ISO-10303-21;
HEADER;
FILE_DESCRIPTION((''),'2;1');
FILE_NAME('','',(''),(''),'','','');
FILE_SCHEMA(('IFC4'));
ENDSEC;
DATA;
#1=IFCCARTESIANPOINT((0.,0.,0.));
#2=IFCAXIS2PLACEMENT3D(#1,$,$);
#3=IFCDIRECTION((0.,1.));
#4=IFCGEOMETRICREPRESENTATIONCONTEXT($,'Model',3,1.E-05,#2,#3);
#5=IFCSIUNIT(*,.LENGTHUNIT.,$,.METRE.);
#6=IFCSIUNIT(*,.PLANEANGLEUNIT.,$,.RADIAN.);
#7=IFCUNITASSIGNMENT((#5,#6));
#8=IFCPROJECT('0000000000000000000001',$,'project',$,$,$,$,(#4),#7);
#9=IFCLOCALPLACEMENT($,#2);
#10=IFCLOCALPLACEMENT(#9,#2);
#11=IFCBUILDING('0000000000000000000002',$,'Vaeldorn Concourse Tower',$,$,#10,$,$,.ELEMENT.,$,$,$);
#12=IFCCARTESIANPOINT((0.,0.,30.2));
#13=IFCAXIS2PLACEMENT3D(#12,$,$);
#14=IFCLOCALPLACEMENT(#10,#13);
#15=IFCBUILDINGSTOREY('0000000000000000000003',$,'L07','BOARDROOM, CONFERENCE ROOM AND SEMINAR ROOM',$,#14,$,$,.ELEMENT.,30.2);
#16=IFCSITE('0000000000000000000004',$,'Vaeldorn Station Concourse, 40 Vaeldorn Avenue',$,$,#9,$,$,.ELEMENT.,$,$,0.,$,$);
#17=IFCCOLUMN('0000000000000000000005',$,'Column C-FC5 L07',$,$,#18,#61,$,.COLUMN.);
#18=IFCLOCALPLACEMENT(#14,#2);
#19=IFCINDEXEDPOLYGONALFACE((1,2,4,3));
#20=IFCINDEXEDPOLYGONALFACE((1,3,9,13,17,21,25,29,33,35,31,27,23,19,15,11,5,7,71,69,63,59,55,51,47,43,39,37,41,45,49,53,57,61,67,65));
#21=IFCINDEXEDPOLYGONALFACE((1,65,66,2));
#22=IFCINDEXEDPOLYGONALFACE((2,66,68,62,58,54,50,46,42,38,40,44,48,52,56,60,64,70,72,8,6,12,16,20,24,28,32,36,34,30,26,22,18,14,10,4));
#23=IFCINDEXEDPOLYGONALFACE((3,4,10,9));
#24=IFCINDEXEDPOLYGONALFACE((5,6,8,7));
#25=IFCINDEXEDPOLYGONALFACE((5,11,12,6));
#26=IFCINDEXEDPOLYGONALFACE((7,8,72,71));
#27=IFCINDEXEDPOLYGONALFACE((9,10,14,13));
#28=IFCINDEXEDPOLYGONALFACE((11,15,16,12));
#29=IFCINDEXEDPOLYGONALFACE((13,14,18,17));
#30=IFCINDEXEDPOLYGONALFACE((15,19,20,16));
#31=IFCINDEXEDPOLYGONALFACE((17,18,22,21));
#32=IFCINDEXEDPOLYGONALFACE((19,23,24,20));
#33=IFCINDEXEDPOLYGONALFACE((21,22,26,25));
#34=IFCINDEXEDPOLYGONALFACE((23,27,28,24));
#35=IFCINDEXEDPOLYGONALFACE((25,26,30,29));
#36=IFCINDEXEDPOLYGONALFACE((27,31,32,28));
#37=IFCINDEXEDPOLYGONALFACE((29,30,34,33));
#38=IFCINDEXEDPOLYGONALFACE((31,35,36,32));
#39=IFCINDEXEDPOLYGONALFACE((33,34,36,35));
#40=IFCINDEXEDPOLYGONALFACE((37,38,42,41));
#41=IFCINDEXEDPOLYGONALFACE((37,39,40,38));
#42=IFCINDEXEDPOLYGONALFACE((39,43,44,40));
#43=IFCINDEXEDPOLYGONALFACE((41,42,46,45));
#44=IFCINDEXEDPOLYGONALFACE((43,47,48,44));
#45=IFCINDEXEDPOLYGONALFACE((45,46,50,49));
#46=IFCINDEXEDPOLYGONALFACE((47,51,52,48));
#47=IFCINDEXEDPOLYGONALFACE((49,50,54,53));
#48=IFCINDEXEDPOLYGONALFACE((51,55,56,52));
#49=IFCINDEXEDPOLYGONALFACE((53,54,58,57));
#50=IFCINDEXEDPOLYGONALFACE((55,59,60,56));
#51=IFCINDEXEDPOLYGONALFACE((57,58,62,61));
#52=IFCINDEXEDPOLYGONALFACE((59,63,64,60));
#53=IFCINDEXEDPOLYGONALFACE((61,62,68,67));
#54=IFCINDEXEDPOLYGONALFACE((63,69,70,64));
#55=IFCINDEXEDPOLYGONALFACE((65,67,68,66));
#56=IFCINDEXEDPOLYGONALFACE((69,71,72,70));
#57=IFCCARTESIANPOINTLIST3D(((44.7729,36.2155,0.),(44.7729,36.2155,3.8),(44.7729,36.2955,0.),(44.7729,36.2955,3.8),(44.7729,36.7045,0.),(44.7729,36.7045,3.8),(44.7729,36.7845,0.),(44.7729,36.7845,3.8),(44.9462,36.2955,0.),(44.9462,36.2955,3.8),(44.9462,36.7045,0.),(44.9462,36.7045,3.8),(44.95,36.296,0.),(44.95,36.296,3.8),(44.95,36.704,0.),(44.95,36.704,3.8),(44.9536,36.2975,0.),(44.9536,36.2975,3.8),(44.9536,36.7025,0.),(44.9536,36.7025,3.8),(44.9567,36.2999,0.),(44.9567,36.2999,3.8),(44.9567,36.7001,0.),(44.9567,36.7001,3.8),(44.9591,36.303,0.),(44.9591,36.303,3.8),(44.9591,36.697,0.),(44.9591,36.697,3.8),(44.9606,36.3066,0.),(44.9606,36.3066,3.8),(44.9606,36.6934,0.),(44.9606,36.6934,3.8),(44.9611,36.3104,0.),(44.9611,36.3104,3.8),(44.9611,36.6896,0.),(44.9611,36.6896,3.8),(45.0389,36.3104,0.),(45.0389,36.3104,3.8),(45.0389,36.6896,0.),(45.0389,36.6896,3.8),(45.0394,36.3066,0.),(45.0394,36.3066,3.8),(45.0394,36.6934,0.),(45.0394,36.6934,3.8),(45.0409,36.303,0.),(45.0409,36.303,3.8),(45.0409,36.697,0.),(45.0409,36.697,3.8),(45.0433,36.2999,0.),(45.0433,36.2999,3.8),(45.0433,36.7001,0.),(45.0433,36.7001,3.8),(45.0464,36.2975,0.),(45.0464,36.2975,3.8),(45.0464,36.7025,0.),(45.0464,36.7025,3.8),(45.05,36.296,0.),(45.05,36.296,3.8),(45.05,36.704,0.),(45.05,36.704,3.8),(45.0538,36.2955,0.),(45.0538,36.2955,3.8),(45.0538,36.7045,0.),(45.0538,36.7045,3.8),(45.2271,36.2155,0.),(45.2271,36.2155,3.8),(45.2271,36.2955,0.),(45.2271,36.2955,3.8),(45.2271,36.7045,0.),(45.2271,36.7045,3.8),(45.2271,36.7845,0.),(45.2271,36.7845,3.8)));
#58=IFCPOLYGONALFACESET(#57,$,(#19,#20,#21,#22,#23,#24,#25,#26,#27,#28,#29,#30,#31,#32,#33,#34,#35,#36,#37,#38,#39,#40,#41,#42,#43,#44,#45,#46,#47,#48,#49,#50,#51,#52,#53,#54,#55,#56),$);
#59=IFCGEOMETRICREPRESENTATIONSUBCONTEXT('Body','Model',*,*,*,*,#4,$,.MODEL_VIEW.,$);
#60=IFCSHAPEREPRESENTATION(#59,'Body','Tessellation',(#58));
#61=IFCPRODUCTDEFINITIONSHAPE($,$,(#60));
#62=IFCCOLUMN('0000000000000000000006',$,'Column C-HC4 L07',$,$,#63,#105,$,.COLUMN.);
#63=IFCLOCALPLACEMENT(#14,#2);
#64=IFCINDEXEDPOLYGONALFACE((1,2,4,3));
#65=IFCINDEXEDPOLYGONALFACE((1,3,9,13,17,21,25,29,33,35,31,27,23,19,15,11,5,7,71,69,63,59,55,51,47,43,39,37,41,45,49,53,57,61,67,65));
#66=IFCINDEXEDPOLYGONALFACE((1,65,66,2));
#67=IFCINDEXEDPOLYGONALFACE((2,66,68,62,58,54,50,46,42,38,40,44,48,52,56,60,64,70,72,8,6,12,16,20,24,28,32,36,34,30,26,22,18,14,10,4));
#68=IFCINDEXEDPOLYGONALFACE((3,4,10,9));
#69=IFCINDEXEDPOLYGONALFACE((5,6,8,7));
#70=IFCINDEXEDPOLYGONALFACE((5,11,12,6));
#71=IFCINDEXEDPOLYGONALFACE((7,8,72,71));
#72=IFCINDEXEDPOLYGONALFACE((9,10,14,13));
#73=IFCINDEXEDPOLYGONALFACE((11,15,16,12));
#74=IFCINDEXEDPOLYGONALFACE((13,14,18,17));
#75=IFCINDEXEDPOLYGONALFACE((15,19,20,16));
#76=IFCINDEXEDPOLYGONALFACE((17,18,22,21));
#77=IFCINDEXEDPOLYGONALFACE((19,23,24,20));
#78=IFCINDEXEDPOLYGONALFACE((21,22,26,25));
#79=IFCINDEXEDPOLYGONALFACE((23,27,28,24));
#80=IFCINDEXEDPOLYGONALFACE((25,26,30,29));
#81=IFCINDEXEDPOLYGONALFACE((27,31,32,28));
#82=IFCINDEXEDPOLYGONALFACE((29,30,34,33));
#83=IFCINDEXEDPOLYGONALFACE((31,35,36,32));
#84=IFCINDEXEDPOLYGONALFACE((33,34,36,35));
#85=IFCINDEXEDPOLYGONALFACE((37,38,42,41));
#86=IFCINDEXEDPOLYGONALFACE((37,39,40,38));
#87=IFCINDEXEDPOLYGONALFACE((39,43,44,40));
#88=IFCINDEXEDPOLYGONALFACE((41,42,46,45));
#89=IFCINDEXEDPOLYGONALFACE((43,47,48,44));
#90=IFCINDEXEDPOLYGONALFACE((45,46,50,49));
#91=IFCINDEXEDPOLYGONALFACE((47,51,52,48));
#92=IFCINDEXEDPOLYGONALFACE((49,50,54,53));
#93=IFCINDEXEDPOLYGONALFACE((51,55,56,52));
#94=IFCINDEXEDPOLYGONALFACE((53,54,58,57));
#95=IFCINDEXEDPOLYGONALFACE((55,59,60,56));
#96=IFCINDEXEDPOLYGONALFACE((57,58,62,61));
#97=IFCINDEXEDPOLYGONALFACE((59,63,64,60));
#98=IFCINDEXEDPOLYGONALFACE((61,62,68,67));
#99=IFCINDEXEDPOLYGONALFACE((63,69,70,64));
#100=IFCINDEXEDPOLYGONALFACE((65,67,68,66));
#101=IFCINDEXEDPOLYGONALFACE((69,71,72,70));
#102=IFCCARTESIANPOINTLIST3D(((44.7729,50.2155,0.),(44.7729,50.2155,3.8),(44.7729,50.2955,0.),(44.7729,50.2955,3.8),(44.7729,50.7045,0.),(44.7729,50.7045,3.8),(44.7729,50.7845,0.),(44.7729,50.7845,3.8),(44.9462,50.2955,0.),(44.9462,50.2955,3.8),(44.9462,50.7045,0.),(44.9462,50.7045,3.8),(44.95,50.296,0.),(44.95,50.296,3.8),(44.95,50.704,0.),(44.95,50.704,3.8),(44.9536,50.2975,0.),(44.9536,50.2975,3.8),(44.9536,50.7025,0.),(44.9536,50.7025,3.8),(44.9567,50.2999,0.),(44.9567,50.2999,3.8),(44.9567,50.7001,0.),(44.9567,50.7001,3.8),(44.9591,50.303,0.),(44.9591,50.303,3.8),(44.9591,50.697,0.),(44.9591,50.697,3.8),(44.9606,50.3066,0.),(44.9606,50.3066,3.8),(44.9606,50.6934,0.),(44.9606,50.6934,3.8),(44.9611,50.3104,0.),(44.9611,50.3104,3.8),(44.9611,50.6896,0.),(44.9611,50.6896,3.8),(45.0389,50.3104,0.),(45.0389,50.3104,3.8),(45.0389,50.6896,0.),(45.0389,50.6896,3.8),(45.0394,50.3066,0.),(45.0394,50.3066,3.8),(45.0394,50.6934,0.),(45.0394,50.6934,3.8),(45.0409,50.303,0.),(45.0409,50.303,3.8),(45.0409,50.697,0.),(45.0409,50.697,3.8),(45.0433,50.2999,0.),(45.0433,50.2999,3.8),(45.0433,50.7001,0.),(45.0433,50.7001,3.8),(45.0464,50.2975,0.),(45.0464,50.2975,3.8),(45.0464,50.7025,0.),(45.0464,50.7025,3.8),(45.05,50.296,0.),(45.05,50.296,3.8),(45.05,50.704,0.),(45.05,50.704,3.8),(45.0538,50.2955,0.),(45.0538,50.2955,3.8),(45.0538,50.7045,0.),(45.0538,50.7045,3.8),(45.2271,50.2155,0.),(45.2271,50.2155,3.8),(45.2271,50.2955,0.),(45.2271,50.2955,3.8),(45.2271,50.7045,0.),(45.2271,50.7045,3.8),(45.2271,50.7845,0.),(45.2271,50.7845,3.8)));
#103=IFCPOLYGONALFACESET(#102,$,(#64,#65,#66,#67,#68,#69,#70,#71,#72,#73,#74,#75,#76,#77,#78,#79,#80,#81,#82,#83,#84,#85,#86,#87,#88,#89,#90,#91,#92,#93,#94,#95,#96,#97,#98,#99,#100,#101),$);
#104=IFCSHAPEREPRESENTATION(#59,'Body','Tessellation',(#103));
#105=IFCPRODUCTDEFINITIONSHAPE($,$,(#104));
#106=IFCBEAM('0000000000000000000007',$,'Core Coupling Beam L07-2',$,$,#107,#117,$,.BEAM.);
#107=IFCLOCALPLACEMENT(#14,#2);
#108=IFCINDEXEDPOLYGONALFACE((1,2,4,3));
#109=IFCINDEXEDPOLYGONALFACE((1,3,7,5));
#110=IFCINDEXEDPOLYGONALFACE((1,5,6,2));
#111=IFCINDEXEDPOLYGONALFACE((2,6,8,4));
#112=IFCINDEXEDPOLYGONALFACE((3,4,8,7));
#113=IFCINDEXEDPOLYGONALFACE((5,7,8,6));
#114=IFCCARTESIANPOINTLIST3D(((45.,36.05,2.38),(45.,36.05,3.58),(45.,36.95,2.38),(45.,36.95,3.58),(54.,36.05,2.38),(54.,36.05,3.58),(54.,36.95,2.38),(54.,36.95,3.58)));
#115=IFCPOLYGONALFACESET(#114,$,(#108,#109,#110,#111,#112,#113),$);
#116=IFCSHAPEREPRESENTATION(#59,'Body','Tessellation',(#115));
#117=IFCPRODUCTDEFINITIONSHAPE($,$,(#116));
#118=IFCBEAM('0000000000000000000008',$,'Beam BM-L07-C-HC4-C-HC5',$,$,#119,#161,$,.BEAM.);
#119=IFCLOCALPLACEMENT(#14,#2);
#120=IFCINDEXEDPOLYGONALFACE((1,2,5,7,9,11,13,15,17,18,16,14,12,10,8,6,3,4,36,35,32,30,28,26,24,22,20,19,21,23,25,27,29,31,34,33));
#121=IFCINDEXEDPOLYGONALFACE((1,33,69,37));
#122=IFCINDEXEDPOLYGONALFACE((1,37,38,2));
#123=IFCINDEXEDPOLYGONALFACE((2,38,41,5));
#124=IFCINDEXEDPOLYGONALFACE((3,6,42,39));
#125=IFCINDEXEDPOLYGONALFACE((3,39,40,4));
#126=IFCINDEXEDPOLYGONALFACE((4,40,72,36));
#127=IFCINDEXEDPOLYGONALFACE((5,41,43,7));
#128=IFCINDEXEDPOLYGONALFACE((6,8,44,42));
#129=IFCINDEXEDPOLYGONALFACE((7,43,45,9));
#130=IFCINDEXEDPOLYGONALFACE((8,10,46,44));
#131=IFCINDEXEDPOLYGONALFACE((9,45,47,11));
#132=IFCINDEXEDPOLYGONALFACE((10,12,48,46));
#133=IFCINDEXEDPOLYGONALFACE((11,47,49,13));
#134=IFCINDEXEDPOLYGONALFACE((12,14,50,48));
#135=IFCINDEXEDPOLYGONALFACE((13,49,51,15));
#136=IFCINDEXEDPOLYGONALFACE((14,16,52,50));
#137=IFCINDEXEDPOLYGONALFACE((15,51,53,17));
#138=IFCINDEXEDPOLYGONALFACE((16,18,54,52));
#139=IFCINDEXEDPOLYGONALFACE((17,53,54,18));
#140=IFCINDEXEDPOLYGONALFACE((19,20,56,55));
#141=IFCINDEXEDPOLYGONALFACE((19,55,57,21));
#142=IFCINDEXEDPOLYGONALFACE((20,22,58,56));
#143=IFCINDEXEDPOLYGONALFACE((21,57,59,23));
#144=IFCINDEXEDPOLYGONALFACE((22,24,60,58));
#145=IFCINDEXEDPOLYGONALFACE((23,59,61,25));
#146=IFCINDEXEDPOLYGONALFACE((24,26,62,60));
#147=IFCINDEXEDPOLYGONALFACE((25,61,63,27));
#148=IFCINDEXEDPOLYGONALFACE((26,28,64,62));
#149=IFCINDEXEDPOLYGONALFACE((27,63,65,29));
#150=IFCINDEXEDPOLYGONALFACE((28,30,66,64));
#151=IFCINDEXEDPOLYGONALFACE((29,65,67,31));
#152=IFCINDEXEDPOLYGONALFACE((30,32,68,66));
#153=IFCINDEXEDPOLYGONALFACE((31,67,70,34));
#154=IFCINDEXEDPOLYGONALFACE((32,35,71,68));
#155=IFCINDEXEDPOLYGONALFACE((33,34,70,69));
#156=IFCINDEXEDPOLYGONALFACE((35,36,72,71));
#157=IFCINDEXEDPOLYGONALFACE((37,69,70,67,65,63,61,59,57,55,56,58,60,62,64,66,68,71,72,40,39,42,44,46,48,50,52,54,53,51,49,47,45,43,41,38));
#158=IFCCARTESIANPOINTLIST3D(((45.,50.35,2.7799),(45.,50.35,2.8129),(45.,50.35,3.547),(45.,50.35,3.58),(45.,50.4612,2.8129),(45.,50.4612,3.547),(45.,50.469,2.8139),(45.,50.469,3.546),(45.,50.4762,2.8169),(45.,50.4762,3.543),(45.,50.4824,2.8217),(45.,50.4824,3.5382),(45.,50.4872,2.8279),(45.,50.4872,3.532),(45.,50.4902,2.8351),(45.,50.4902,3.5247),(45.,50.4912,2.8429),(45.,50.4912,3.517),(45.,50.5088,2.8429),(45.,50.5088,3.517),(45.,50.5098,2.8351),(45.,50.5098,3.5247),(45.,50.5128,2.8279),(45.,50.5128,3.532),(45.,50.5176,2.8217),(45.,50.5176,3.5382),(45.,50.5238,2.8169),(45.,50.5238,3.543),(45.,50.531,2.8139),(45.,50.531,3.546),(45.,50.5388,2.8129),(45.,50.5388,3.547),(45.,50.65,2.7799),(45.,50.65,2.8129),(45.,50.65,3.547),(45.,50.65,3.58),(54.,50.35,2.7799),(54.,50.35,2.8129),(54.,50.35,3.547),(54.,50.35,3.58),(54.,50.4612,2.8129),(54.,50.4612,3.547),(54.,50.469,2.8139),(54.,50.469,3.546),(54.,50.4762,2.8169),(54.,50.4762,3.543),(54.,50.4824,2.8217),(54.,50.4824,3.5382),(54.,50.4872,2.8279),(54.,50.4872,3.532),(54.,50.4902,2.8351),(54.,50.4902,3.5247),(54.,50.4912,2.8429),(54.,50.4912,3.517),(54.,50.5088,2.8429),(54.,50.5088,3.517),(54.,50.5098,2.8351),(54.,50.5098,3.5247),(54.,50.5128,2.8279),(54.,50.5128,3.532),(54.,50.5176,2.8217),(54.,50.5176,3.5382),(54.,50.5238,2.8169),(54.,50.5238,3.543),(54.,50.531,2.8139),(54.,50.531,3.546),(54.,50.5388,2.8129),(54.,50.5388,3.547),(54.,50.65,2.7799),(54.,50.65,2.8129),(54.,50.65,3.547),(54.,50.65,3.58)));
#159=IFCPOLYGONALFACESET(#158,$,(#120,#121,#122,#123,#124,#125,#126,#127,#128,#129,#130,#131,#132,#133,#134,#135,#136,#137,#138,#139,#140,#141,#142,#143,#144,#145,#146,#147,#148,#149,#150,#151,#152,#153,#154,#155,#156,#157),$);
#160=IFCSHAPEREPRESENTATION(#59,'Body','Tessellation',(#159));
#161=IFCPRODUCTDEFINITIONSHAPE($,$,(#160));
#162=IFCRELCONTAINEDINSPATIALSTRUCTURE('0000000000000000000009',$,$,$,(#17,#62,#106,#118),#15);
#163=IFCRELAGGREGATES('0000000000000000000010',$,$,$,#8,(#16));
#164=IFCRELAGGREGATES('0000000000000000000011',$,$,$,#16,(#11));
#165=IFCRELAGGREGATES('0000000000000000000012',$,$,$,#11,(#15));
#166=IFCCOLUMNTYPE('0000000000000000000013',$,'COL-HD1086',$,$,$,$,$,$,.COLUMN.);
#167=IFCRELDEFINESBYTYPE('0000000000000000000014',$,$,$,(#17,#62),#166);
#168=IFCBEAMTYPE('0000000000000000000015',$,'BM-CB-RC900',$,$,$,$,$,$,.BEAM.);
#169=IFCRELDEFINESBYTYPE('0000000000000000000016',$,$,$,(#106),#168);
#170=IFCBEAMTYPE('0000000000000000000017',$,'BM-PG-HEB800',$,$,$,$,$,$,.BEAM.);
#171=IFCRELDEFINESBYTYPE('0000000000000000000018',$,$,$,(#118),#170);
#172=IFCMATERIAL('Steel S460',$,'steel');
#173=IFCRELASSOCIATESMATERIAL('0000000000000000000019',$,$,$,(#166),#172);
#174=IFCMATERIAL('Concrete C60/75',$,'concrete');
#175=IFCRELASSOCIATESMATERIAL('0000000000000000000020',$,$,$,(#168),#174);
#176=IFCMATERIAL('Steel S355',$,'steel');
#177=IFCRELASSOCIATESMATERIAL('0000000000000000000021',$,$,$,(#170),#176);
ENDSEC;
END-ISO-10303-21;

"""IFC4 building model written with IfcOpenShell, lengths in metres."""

from ifc_helpers import new_model, si_unit, direction, frame, origin, origin_2d, place, context, subcontext, project, spatial, rectangle, i_section, extrude, source, transform, mapped, material, material_profile, profile_set, type_object, element, save


model = new_model("IFC4")

# Units and contexts
model_context = context("Model", 3, precision=1e-05, world=origin(), true_north=direction((0.0, 1.0)))
body_context = subcontext(model_context, "Body", "Model", "MODEL_VIEW")
ifc_project = project(units=[si_unit("LENGTHUNIT", "METRE"), si_unit("PLANEANGLEUNIT", "RADIAN")], contexts=[model_context])

# Site, building, storey
site_placement = place(None, origin())
site = spatial("IfcSite", under=ifc_project, at=site_placement, Name="Vaeldorn Station Concourse, 40 Vaeldorn Avenue", CompositionType="ELEMENT", RefElevation=0.0)
building_placement = place(site_placement, origin())
building = spatial("IfcBuilding", under=site, at=building_placement, Name="Vaeldorn Concourse Tower", CompositionType="ELEMENT")
storey_placement = place(building_placement, frame((0.0, 0.0, 30.2)))
storey = spatial("IfcBuildingStorey", under=building, at=storey_placement, Name="L07", Description="BOARDROOM, CONFERENCE ROOM AND SEMINAR ROOM", CompositionType="ELEMENT", Elevation=30.2)

# Columns
ifc_material_1 = material(Name="Steel S460", Category="steel")
ifc_material_profile_1 = material_profile(ifc_material_1, i_section(OverallWidth=0.4541, OverallDepth=0.5691, WebThickness=0.0779, FlangeThickness=0.0801, FilletRadius=0.0149, at=origin_2d()), Name="HD 400x1086")
ifc_profile_set_1 = profile_set([ifc_material_profile_1], Name="Steel S460")
column_type = type_object("IfcColumnType", Name="COL-HD1086", PredefinedType="COLUMN", material=ifc_profile_set_1)
shared_shape_1 = source(origin(), body_context, "Body", "SweptSolid", [
    extrude(i_section(OverallWidth=0.4541, OverallDepth=0.5691, WebThickness=0.0779, FlangeThickness=0.0801, FilletRadius=0.0149, at=origin_2d()), origin(), (0.0, 0.0, 1.0), 3.8),
])
for number, where, z_axis, x_axis, name in (
    (1, (45.0, 36.5, 0.0), (0.0, 0.0, 1.0), (1.0, 0.0, 0.0), "Column C-FC5 L07"),
    (2, (45.0, 50.5, 0.0), (0.0, 0.0, 1.0), (1.0, 0.0, 0.0), "Column C-HC4 L07"),
):
    element("IfcColumn", number, at=place(storey_placement, frame(where, z_axis=z_axis, x_axis=x_axis)), inside=storey, type_object=column_type, Name=name, PredefinedType="COLUMN", context=body_context, shape_type="MappedRepresentation", body=[
        mapped(shared_shape_1, transform((0.0, 0.0, 0.0), scale=1.0)),
    ])

# Beams
ifc_material_2 = material(Name="Concrete C60/75", Category="concrete")
ifc_material_profile_2 = material_profile(ifc_material_2, rectangle(XDim=0.8999, YDim=1.2, at=origin_2d()), Name="RC 900x1200")
ifc_profile_set_2 = profile_set([ifc_material_profile_2], Name="Concrete C60/75")
beam_type_1 = type_object("IfcBeamType", Name="BM-CB-RC900", PredefinedType="BEAM", material=ifc_profile_set_2)
shared_shape_2 = source(origin(), body_context, "Body", "SweptSolid", [
    extrude(rectangle(XDim=0.8999, YDim=1.2, at=origin_2d()), origin(), (0.0, 0.0, 1.0), 9.0),
])
beam_1_placement = place(storey_placement, frame((45.0, 36.5, 2.98), z_axis=(1.0, 0.0, 0.0), x_axis=(0.0, 1.0, 0.0)))
element("IfcBeam", 3, at=beam_1_placement, inside=storey, type_object=beam_type_1, Name="Core Coupling Beam L07-2", PredefinedType="BEAM", context=body_context, shape_type="MappedRepresentation", body=[
    mapped(shared_shape_2, transform((0.0, 0.0, 0.0), scale=1.0)),
])
ifc_material_3 = material(Name="Steel S355", Category="steel")
ifc_material_profile_3 = material_profile(ifc_material_3, i_section(OverallWidth=0.3, OverallDepth=0.8, WebThickness=0.0176, FlangeThickness=0.033, FilletRadius=0.03, at=origin_2d()), Name="HEB 800")
ifc_profile_set_3 = profile_set([ifc_material_profile_3], Name="Steel S355")
beam_type_2 = type_object("IfcBeamType", Name="BM-PG-HEB800", PredefinedType="BEAM", material=ifc_profile_set_3)
shared_shape_3 = source(origin(), body_context, "Body", "SweptSolid", [
    extrude(i_section(OverallWidth=0.3, OverallDepth=0.8, WebThickness=0.0176, FlangeThickness=0.033, FilletRadius=0.03, at=origin_2d()), origin(), (0.0, 0.0, 1.0), 9.0),
])
beam_2_placement = place(storey_placement, frame((45.0, 50.5, 3.1799), z_axis=(1.0, 0.0, 0.0), x_axis=(0.0, 1.0, 0.0)))
element("IfcBeam", 4, at=beam_2_placement, inside=storey, type_object=beam_type_2, Name="Beam BM-L07-C-HC4-C-HC5", PredefinedType="BEAM", context=body_context, shape_type="MappedRepresentation", body=[
    mapped(shared_shape_3, transform((0.0, 0.0, 0.0), scale=1.0)),
])

save(model, "model.ifc")
